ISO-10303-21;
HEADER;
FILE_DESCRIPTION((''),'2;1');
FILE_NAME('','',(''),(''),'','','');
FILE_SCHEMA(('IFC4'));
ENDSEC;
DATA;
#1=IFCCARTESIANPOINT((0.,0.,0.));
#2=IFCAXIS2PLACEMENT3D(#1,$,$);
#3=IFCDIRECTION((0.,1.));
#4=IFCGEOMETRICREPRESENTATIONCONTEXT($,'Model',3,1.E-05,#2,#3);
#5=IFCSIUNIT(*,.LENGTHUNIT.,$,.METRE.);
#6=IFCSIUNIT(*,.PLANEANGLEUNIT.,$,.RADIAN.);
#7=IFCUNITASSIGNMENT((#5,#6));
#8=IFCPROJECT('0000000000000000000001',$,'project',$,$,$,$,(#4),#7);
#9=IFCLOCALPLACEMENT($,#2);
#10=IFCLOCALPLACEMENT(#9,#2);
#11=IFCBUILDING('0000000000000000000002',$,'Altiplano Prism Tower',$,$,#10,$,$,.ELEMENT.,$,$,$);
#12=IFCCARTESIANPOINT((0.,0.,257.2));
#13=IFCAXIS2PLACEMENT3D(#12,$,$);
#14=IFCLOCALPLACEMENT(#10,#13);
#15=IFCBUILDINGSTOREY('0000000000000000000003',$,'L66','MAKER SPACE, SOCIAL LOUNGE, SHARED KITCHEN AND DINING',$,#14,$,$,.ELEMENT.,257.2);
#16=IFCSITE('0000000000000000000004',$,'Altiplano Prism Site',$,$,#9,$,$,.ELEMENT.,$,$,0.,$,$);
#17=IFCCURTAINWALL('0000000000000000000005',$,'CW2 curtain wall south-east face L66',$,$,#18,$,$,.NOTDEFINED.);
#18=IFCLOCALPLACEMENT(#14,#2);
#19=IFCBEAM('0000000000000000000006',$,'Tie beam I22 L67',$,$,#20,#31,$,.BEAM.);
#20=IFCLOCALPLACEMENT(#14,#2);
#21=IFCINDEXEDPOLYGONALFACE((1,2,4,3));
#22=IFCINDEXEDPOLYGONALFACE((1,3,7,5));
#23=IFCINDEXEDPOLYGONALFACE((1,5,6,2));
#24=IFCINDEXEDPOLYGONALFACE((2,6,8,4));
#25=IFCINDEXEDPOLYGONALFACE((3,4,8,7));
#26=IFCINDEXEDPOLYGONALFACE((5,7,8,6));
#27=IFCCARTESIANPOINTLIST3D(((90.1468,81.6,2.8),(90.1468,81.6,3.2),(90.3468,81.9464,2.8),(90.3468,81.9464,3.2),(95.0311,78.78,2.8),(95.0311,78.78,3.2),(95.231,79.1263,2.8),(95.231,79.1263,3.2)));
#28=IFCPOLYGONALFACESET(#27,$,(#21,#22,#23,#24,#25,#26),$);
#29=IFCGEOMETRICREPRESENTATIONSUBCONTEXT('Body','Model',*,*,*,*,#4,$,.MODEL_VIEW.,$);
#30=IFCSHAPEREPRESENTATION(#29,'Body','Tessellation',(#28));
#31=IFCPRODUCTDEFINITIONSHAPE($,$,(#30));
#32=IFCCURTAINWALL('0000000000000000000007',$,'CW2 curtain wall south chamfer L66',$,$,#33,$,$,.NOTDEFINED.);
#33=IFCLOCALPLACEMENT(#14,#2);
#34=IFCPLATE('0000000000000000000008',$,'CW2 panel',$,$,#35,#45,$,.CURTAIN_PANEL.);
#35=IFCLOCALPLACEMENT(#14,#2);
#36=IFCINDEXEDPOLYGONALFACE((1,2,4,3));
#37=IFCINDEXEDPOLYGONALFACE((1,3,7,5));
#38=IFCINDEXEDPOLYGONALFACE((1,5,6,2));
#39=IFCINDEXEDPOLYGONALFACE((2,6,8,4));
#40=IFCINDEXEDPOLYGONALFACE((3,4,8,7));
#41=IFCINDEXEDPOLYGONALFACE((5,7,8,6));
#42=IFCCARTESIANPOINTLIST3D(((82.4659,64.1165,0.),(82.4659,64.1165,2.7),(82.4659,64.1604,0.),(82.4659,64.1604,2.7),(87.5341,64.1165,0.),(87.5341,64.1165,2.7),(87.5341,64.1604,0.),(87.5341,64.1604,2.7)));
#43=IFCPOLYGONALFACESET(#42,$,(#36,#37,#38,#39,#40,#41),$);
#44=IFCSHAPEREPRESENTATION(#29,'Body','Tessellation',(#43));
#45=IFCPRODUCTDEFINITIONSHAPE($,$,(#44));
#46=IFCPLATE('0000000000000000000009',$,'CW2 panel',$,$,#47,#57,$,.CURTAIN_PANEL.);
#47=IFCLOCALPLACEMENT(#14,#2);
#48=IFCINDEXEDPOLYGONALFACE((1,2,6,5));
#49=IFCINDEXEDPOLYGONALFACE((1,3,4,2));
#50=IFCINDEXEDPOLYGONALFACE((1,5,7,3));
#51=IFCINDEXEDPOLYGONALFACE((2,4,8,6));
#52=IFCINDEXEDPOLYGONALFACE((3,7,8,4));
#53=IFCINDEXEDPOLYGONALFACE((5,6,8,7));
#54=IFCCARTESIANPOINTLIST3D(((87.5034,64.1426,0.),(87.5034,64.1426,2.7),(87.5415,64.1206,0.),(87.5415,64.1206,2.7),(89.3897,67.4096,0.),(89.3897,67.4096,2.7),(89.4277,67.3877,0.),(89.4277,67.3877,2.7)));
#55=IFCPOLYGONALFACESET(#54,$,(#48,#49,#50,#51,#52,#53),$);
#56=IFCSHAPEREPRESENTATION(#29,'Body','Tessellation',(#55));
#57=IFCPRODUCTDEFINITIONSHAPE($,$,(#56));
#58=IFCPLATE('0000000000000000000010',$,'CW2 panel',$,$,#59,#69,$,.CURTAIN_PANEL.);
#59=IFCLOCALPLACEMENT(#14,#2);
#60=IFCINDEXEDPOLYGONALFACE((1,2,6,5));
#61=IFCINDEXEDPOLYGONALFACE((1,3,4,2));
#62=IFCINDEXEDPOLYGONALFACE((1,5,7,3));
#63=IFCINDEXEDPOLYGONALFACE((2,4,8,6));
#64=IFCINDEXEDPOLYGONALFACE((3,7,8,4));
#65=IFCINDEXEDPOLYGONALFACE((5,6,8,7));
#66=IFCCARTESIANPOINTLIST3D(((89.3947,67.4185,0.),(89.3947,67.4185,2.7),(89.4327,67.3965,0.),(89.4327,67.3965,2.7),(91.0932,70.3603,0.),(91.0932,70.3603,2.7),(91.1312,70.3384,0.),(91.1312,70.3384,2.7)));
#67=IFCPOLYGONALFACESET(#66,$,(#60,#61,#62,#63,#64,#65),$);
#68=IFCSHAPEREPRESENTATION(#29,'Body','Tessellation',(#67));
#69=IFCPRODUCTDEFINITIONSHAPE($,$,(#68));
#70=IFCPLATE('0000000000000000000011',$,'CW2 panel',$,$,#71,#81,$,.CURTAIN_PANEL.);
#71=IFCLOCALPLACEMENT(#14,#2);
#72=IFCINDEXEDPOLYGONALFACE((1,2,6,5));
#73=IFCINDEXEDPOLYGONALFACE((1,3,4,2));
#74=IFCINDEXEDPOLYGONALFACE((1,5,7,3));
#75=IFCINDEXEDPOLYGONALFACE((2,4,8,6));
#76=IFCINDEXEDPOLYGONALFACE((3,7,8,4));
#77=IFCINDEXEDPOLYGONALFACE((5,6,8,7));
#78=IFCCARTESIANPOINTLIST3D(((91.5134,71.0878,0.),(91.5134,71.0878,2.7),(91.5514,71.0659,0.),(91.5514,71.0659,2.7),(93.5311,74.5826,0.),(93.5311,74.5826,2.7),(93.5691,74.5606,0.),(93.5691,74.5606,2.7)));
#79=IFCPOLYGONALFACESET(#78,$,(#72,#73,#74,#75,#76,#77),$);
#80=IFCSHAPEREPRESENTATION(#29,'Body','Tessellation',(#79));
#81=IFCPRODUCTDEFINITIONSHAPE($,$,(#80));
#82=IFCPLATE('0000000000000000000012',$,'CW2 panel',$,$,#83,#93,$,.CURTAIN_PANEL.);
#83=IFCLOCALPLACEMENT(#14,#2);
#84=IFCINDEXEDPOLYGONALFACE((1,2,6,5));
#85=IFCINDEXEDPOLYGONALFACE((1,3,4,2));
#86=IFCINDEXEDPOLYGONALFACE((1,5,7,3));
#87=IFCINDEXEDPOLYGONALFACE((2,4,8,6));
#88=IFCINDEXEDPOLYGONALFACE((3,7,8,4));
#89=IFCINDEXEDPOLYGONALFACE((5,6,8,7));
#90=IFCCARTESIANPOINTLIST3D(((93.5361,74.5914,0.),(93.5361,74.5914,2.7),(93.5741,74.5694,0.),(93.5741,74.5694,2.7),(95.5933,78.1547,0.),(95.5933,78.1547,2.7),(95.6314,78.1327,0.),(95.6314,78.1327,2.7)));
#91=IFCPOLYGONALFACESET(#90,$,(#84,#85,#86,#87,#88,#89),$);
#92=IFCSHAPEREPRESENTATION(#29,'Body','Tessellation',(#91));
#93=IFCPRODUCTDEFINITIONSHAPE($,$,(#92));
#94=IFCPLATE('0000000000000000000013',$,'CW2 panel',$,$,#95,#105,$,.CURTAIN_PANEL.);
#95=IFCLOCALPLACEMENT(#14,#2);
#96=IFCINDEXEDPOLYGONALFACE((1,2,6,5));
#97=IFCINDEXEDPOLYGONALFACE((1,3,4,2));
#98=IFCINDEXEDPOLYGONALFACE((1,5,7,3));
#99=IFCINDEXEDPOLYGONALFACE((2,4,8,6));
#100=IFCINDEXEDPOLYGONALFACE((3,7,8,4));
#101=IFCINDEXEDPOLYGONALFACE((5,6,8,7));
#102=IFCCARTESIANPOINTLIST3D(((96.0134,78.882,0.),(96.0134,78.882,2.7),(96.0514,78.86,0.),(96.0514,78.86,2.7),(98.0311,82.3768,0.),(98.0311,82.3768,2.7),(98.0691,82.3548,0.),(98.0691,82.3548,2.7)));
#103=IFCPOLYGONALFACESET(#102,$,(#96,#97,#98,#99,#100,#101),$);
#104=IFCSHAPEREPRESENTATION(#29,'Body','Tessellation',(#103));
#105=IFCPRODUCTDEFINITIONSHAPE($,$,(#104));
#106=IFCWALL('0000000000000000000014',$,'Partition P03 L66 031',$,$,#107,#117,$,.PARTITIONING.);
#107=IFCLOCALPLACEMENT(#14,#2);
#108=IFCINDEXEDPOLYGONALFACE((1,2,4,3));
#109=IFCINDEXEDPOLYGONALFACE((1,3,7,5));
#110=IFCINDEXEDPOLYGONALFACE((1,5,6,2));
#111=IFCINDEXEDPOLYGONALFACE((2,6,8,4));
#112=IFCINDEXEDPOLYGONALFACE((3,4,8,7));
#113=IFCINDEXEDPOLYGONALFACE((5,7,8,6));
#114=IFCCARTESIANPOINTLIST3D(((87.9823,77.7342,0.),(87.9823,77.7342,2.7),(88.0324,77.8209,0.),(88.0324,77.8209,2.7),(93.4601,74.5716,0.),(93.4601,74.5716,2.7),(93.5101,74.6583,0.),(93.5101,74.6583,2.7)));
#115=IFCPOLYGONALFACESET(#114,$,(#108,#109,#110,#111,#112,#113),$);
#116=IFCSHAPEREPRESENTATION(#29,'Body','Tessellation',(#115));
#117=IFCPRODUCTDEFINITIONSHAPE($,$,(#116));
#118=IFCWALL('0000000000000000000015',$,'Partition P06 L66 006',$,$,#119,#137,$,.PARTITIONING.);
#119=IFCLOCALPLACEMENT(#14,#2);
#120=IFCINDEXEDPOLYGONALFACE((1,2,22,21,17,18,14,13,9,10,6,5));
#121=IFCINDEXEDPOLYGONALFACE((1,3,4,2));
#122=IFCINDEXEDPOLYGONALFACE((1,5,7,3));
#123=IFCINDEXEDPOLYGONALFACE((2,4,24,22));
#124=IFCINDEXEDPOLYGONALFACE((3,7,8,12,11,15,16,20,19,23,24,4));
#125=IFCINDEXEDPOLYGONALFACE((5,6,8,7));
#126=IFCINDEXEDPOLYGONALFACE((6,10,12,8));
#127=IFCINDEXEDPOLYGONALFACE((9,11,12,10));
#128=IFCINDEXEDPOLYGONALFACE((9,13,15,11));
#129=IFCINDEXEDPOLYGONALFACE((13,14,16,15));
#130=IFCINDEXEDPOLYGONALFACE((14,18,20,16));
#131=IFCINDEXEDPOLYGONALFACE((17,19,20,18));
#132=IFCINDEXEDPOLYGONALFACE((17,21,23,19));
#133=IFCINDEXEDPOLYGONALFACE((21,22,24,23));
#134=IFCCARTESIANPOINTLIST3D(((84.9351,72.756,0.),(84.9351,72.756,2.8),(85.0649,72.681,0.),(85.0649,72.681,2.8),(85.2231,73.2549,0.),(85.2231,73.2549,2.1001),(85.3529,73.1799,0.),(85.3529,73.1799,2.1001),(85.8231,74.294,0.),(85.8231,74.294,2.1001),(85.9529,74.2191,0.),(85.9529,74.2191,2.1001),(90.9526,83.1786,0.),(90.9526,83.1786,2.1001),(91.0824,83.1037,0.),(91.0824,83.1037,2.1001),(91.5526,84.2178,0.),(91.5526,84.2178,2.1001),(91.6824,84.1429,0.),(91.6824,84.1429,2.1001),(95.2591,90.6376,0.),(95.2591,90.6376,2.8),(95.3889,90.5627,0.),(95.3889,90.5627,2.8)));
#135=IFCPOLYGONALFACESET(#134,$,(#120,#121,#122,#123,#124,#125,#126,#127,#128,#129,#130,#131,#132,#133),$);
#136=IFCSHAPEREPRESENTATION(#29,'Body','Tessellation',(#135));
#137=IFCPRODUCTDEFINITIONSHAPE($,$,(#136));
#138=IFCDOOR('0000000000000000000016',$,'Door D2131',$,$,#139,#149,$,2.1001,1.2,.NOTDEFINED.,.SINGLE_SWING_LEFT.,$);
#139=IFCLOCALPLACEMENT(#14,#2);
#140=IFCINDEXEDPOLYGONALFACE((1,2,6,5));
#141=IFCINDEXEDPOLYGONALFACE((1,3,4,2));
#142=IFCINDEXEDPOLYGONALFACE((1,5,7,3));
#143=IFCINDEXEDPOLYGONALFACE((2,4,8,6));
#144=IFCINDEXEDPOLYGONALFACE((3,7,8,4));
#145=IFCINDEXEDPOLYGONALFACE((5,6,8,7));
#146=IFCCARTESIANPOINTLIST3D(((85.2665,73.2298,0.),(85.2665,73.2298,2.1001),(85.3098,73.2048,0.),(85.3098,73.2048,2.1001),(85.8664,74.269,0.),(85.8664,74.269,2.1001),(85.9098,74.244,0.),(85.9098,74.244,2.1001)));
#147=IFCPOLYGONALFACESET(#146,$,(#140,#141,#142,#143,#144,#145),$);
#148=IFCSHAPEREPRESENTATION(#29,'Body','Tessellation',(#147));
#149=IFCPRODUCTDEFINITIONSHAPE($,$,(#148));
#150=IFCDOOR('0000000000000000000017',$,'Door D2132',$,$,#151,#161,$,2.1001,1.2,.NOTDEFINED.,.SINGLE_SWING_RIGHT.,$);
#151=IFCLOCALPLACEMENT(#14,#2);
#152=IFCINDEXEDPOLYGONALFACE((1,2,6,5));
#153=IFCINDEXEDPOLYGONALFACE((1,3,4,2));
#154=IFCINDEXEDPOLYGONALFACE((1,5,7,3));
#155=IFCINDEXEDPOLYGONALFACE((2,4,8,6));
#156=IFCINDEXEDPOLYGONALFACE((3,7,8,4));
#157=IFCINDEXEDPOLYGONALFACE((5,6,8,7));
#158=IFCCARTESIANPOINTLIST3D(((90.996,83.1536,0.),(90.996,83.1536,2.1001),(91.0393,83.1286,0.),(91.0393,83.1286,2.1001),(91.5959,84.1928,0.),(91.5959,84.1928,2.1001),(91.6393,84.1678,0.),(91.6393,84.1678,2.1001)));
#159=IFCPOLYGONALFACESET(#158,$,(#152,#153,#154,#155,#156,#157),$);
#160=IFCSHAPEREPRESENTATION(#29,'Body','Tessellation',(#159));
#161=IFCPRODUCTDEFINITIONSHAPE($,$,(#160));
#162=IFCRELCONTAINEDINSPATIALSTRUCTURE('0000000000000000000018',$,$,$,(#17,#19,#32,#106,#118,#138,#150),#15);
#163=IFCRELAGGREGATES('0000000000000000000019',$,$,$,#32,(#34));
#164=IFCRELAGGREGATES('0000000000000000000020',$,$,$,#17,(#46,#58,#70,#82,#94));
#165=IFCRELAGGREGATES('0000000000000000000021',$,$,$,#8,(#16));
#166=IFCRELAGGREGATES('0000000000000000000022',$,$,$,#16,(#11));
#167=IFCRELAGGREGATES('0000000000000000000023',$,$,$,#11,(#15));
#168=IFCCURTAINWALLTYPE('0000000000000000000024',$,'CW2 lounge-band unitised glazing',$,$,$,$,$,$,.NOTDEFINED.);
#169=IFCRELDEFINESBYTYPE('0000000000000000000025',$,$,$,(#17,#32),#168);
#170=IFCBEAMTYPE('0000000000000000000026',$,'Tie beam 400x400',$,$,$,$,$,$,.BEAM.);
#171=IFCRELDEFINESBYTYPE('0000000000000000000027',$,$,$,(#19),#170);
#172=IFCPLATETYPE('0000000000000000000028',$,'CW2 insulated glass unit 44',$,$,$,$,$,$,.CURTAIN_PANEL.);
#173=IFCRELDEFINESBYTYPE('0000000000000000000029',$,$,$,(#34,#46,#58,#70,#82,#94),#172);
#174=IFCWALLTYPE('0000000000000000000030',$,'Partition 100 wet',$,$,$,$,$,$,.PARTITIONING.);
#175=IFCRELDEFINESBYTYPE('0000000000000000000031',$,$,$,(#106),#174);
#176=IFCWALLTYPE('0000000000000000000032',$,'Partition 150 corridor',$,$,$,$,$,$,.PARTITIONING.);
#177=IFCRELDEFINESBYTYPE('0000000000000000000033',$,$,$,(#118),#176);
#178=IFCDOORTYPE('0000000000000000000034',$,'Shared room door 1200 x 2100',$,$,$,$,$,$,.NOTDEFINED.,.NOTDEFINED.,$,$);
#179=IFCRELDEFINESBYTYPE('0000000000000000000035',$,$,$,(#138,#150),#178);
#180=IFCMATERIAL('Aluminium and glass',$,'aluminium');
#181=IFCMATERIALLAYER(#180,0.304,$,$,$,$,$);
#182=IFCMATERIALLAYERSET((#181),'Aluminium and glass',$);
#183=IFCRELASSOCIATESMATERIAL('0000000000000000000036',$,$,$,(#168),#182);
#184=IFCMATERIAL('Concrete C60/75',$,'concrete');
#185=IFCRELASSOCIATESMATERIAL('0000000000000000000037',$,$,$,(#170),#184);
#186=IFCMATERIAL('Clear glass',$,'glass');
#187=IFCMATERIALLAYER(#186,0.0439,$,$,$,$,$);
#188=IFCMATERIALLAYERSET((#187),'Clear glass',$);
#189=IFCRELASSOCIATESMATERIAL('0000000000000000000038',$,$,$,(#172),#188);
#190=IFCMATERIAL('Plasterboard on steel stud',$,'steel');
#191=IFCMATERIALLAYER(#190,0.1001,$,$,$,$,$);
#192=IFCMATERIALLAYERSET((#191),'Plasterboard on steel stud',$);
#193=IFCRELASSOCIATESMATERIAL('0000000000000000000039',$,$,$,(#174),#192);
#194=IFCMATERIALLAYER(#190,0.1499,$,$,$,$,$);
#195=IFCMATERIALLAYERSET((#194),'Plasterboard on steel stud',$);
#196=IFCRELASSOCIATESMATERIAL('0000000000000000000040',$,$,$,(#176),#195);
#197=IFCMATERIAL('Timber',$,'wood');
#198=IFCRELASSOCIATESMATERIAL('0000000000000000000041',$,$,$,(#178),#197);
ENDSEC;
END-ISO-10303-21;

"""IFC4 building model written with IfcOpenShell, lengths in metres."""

from ifc_helpers import new_model, si_unit, direction, frame, frame_2d, origin, origin_2d, place, context, subcontext, project, spatial, rectangle, extrude, material, layer, layer_set, material_profile, profile_set, type_object, element, fill, aggregate, save


model = new_model("IFC4")

# Units and contexts
model_context = context("Model", 3, precision=1e-05, world=origin(), true_north=direction((0.0, 1.0)))
body_context = subcontext(model_context, "Body", "Model", "MODEL_VIEW")
ifc_project = project(units=[si_unit("LENGTHUNIT", "METRE"), si_unit("PLANEANGLEUNIT", "RADIAN")], contexts=[model_context])

# Site, building, storey
site_placement = place(None, origin())
site = spatial("IfcSite", under=ifc_project, at=site_placement, Name="Altiplano Prism Site", CompositionType="ELEMENT", RefElevation=0.0)
building_placement = place(site_placement, origin())
building = spatial("IfcBuilding", under=site, at=building_placement, Name="Altiplano Prism Tower", CompositionType="ELEMENT")
storey_placement = place(building_placement, frame((0.0, 0.0, 257.2)))
storey = spatial("IfcBuildingStorey", under=building, at=storey_placement, Name="L66", Description="MAKER SPACE, SOCIAL LOUNGE, SHARED KITCHEN AND DINING", CompositionType="ELEMENT", Elevation=257.2)

# Shared definitions
ifc_material_1 = material(Name="Concrete C60/75", Category="concrete")

# Curtain wall
ifc_material_2 = material(Name="Aluminium and glass", Category="aluminium")
ifc_layer_1 = layer(ifc_material_2, 0.304)
ifc_layer_set_1 = layer_set([ifc_layer_1], Name="Aluminium and glass")
curtain_wall_type = type_object("IfcCurtainWallType", Name="CW2 lounge-band unitised glazing", PredefinedType="NOTDEFINED", material=ifc_layer_set_1)
curtain_wall_1_placement = place(storey_placement, origin())
curtain_wall_1 = element("IfcCurtainWall", 1, at=curtain_wall_1_placement, inside=storey, type_object=curtain_wall_type, Name="CW2 curtain wall south-east face L66", PredefinedType="NOTDEFINED")

# Beam
ifc_material_profile_1 = material_profile(ifc_material_1, rectangle(XDim=0.3999, YDim=0.3999, at=origin_2d()), Name="Tie beam 400x400")
ifc_profile_set_1 = profile_set([ifc_material_profile_1], Name="Concrete C60/75")
beam_type_1 = type_object("IfcBeamType", Name="Tie beam 400x400", PredefinedType="BEAM", material=ifc_profile_set_1)
beam_1_placement = place(storey_placement, frame((90.2468, 81.7732, 3.0), z_axis=(0.866015, -0.500017, 0.0), x_axis=(0.500017, 0.866015, 0.0)))
element("IfcBeam", 2, at=beam_1_placement, inside=storey, type_object=beam_type_1, Name="Tie beam I22 L67", PredefinedType="BEAM", context=body_context, shape_type="SweptSolid", body=[
    extrude(rectangle(XDim=0.3999, YDim=0.3999, at=origin_2d()), origin(), (0.0, 0.0, 1.0), 5.6399),
])

# Curtain wall, plate
curtain_wall_2_placement = place(storey_placement, origin())
curtain_wall_2 = element("IfcCurtainWall", 3, at=curtain_wall_2_placement, inside=storey, type_object=curtain_wall_type, Name="CW2 curtain wall south chamfer L66", PredefinedType="NOTDEFINED")
ifc_material_3 = material(Name="Clear glass", Category="glass")
ifc_layer_2 = layer(ifc_material_3, 0.0439)
ifc_layer_set_2 = layer_set([ifc_layer_2], Name="Clear glass")
plate_type = type_object("IfcPlateType", Name="CW2 insulated glass unit 44", PredefinedType="CURTAIN_PANEL", material=ifc_layer_set_2)
plate_1_placement = place(storey_placement, frame((85.0, 64.1384, 0.0), z_axis=(0.0, 0.0, 1.0), x_axis=(1.0, 0.0, 0.0)))
plate_1 = element("IfcPlate", 4, at=plate_1_placement, type_object=plate_type, Name="CW2 panel", PredefinedType="CURTAIN_PANEL", context=body_context, shape_type="SweptSolid", body=[
    extrude(rectangle(XDim=5.0681, YDim=0.0439, at=origin_2d()), origin(), (0.0, 0.0, 1.0), 2.7),
])
aggregate(curtain_wall_2, [plate_1])

# Plates
plate_2_placement = place(storey_placement, frame((88.4656, 65.7651, 0.0), z_axis=(0.0, 0.0, 1.0), x_axis=(0.5, 0.866025, 0.0)))
plate_2 = element("IfcPlate", 5, at=plate_2_placement, type_object=plate_type, Name="CW2 panel", PredefinedType="CURTAIN_PANEL", context=body_context, shape_type="SweptSolid", body=[
    extrude(rectangle(XDim=3.7725, YDim=0.0439, at=origin_2d()), origin(), (0.0, 0.0, 1.0), 2.7),
])
plate_3_placement = place(storey_placement, frame((90.2629, 68.8784, 0.0), z_axis=(0.0, 0.0, 1.0), x_axis=(0.5, 0.866025, 0.0)))
plate_3 = element("IfcPlate", 6, at=plate_3_placement, type_object=plate_type, Name="CW2 panel", PredefinedType="CURTAIN_PANEL", context=body_context, shape_type="SweptSolid", body=[
    extrude(rectangle(XDim=3.397, YDim=0.0439, at=origin_2d()), origin(), (0.0, 0.0, 1.0), 2.7),
])
plate_4_placement = place(storey_placement, frame((92.5413, 72.8242, 0.0), z_axis=(0.0, 0.0, 1.0), x_axis=(0.5, 0.866025, 0.0)))
plate_4 = element("IfcPlate", 7, at=plate_4_placement, type_object=plate_type, Name="CW2 panel", PredefinedType="CURTAIN_PANEL", context=body_context, shape_type="SweptSolid", body=[
    extrude(rectangle(XDim=4.0354, YDim=0.0439, at=origin_2d()), origin(), (0.0, 0.0, 1.0), 2.7),
])
plate_5_placement = place(storey_placement, frame((94.5837, 76.3621, 0.0), z_axis=(0.0, 0.0, 1.0), x_axis=(0.5, 0.866025, 0.0)))
plate_5 = element("IfcPlate", 8, at=plate_5_placement, type_object=plate_type, Name="CW2 panel", PredefinedType="CURTAIN_PANEL", context=body_context, shape_type="SweptSolid", body=[
    extrude(rectangle(XDim=4.1145, YDim=0.0439, at=origin_2d()), origin(), (0.0, 0.0, 1.0), 2.7),
])
plate_6_placement = place(storey_placement, frame((97.0413, 80.6184, 0.0), z_axis=(0.0, 0.0, 1.0), x_axis=(0.5, 0.866025, 0.0)))
plate_6 = element("IfcPlate", 9, at=plate_6_placement, type_object=plate_type, Name="CW2 panel", PredefinedType="CURTAIN_PANEL", context=body_context, shape_type="SweptSolid", body=[
    extrude(rectangle(XDim=4.0354, YDim=0.0439, at=origin_2d()), origin(), (0.0, 0.0, 1.0), 2.7),
])
aggregate(curtain_wall_1, [plate_2, plate_3, plate_4, plate_5, plate_6])

# Wall
ifc_material_4 = material(Name="Plasterboard on steel stud", Category="steel")
ifc_layer_3 = layer(ifc_material_4, 0.1001)
ifc_layer_set_3 = layer_set([ifc_layer_3], Name="Plasterboard on steel stud")
wall_type_1 = type_object("IfcWallType", Name="Partition 100 wet", PredefinedType="PARTITIONING", material=ifc_layer_set_3)
wall_1_placement = place(storey_placement, frame((93.4851, 74.615, 0.0), z_axis=(0.0, 0.0, 1.0), x_axis=(-0.866026, 0.5, 0.0)))
element("IfcWall", 10, at=wall_1_placement, inside=storey, type_object=wall_type_1, Name="Partition P03 L66 031", PredefinedType="PARTITIONING", context=body_context, shape_type="SweptSolid", body=[
    extrude(rectangle(XDim=6.3252, YDim=0.1001, at=frame_2d((3.1626, 0.0))), origin(), (0.0, 0.0, 1.0), 2.7),
])

# Wall, openings, doors
ifc_layer_4 = layer(ifc_material_4, 0.1499)
ifc_layer_set_4 = layer_set([ifc_layer_4], Name="Plasterboard on steel stud")
wall_type_2 = type_object("IfcWallType", Name="Partition 150 corridor", PredefinedType="PARTITIONING", material=ifc_layer_set_4)
wall_2_placement = place(storey_placement, frame((85.0, 72.7185, 0.0), z_axis=(0.0, 0.0, 1.0), x_axis=(0.500001, 0.866025, 0.0)))
wall_2 = element("IfcWall", 11, at=wall_2_placement, inside=storey, type_object=wall_type_2, Name="Partition P06 L66 006", PredefinedType="PARTITIONING", context=body_context, shape_type="SweptSolid", body=[
    extrude(rectangle(XDim=20.6479, YDim=0.1499, at=frame_2d((10.324, 0.0))), origin(), (0.0, 0.0, 1.0), 2.8),
])
opening_1_placement = place(wall_2_placement, frame((0.5759, 0.0, 0.0)))
opening_1 = element("IfcOpeningElement", 12, at=opening_1_placement, cuts=wall_2, PredefinedType="OPENING", context=body_context, shape_type="SweptSolid", body=[
    extrude(rectangle(XDim=1.2, YDim=2.1001, at=frame_2d((0.6001, 1.05))), frame((0.0, 0.0854, 0.0), z_axis=(0.0, -1.0, 0.0), x_axis=(1.0, 0.0, 0.0)), (0.0, 0.0, 1.0), 0.1709),
])
opening_2_placement = place(wall_2_placement, frame((12.0349, 0.0, 0.0)))
opening_2 = element("IfcOpeningElement", 13, at=opening_2_placement, cuts=wall_2, PredefinedType="OPENING", context=body_context, shape_type="SweptSolid", body=[
    extrude(rectangle(XDim=1.2, YDim=2.1001, at=frame_2d((0.6001, 1.05))), frame((0.0, 0.0854, 0.0), z_axis=(0.0, -1.0, 0.0), x_axis=(1.0, 0.0, 0.0)), (0.0, 0.0, 1.0), 0.1709),
])
ifc_material_5 = material(Name="Timber", Category="wood")
door_type_1 = type_object("IfcDoorType", Name="Shared room door 1200 x 2100", OperationType="NOTDEFINED", PredefinedType="NOTDEFINED", material=ifc_material_5)
door_1_placement = place(opening_1_placement, origin())
door_1 = element("IfcDoor", 14, at=door_1_placement, inside=storey, type_object=door_type_1, Name="Door D2131", OperationType="SINGLE_SWING_LEFT", OverallHeight=2.1001, OverallWidth=1.2, PredefinedType="NOTDEFINED", context=body_context, shape_type="SweptSolid", body=[
    extrude(rectangle(XDim=1.2, YDim=2.1001, at=frame_2d((0.6001, 1.05))), frame((0.0, 0.0249, 0.0), z_axis=(0.0, -1.0, 0.0), x_axis=(1.0, 0.0, 0.0)), (0.0, 0.0, 1.0), 0.05),
])
fill(opening_1, door_1)
door_2_placement = place(opening_2_placement, origin())
door_2 = element("IfcDoor", 15, at=door_2_placement, inside=storey, type_object=door_type_1, Name="Door D2132", OperationType="SINGLE_SWING_RIGHT", OverallHeight=2.1001, OverallWidth=1.2, PredefinedType="NOTDEFINED", context=body_context, shape_type="SweptSolid", body=[
    extrude(rectangle(XDim=1.2, YDim=2.1001, at=frame_2d((0.6001, 1.05))), frame((0.0, 0.0249, 0.0), z_axis=(0.0, -1.0, 0.0), x_axis=(1.0, 0.0, 0.0)), (0.0, 0.0, 1.0), 0.05),
])
fill(opening_2, door_2)

save(model, "model.ifc")
